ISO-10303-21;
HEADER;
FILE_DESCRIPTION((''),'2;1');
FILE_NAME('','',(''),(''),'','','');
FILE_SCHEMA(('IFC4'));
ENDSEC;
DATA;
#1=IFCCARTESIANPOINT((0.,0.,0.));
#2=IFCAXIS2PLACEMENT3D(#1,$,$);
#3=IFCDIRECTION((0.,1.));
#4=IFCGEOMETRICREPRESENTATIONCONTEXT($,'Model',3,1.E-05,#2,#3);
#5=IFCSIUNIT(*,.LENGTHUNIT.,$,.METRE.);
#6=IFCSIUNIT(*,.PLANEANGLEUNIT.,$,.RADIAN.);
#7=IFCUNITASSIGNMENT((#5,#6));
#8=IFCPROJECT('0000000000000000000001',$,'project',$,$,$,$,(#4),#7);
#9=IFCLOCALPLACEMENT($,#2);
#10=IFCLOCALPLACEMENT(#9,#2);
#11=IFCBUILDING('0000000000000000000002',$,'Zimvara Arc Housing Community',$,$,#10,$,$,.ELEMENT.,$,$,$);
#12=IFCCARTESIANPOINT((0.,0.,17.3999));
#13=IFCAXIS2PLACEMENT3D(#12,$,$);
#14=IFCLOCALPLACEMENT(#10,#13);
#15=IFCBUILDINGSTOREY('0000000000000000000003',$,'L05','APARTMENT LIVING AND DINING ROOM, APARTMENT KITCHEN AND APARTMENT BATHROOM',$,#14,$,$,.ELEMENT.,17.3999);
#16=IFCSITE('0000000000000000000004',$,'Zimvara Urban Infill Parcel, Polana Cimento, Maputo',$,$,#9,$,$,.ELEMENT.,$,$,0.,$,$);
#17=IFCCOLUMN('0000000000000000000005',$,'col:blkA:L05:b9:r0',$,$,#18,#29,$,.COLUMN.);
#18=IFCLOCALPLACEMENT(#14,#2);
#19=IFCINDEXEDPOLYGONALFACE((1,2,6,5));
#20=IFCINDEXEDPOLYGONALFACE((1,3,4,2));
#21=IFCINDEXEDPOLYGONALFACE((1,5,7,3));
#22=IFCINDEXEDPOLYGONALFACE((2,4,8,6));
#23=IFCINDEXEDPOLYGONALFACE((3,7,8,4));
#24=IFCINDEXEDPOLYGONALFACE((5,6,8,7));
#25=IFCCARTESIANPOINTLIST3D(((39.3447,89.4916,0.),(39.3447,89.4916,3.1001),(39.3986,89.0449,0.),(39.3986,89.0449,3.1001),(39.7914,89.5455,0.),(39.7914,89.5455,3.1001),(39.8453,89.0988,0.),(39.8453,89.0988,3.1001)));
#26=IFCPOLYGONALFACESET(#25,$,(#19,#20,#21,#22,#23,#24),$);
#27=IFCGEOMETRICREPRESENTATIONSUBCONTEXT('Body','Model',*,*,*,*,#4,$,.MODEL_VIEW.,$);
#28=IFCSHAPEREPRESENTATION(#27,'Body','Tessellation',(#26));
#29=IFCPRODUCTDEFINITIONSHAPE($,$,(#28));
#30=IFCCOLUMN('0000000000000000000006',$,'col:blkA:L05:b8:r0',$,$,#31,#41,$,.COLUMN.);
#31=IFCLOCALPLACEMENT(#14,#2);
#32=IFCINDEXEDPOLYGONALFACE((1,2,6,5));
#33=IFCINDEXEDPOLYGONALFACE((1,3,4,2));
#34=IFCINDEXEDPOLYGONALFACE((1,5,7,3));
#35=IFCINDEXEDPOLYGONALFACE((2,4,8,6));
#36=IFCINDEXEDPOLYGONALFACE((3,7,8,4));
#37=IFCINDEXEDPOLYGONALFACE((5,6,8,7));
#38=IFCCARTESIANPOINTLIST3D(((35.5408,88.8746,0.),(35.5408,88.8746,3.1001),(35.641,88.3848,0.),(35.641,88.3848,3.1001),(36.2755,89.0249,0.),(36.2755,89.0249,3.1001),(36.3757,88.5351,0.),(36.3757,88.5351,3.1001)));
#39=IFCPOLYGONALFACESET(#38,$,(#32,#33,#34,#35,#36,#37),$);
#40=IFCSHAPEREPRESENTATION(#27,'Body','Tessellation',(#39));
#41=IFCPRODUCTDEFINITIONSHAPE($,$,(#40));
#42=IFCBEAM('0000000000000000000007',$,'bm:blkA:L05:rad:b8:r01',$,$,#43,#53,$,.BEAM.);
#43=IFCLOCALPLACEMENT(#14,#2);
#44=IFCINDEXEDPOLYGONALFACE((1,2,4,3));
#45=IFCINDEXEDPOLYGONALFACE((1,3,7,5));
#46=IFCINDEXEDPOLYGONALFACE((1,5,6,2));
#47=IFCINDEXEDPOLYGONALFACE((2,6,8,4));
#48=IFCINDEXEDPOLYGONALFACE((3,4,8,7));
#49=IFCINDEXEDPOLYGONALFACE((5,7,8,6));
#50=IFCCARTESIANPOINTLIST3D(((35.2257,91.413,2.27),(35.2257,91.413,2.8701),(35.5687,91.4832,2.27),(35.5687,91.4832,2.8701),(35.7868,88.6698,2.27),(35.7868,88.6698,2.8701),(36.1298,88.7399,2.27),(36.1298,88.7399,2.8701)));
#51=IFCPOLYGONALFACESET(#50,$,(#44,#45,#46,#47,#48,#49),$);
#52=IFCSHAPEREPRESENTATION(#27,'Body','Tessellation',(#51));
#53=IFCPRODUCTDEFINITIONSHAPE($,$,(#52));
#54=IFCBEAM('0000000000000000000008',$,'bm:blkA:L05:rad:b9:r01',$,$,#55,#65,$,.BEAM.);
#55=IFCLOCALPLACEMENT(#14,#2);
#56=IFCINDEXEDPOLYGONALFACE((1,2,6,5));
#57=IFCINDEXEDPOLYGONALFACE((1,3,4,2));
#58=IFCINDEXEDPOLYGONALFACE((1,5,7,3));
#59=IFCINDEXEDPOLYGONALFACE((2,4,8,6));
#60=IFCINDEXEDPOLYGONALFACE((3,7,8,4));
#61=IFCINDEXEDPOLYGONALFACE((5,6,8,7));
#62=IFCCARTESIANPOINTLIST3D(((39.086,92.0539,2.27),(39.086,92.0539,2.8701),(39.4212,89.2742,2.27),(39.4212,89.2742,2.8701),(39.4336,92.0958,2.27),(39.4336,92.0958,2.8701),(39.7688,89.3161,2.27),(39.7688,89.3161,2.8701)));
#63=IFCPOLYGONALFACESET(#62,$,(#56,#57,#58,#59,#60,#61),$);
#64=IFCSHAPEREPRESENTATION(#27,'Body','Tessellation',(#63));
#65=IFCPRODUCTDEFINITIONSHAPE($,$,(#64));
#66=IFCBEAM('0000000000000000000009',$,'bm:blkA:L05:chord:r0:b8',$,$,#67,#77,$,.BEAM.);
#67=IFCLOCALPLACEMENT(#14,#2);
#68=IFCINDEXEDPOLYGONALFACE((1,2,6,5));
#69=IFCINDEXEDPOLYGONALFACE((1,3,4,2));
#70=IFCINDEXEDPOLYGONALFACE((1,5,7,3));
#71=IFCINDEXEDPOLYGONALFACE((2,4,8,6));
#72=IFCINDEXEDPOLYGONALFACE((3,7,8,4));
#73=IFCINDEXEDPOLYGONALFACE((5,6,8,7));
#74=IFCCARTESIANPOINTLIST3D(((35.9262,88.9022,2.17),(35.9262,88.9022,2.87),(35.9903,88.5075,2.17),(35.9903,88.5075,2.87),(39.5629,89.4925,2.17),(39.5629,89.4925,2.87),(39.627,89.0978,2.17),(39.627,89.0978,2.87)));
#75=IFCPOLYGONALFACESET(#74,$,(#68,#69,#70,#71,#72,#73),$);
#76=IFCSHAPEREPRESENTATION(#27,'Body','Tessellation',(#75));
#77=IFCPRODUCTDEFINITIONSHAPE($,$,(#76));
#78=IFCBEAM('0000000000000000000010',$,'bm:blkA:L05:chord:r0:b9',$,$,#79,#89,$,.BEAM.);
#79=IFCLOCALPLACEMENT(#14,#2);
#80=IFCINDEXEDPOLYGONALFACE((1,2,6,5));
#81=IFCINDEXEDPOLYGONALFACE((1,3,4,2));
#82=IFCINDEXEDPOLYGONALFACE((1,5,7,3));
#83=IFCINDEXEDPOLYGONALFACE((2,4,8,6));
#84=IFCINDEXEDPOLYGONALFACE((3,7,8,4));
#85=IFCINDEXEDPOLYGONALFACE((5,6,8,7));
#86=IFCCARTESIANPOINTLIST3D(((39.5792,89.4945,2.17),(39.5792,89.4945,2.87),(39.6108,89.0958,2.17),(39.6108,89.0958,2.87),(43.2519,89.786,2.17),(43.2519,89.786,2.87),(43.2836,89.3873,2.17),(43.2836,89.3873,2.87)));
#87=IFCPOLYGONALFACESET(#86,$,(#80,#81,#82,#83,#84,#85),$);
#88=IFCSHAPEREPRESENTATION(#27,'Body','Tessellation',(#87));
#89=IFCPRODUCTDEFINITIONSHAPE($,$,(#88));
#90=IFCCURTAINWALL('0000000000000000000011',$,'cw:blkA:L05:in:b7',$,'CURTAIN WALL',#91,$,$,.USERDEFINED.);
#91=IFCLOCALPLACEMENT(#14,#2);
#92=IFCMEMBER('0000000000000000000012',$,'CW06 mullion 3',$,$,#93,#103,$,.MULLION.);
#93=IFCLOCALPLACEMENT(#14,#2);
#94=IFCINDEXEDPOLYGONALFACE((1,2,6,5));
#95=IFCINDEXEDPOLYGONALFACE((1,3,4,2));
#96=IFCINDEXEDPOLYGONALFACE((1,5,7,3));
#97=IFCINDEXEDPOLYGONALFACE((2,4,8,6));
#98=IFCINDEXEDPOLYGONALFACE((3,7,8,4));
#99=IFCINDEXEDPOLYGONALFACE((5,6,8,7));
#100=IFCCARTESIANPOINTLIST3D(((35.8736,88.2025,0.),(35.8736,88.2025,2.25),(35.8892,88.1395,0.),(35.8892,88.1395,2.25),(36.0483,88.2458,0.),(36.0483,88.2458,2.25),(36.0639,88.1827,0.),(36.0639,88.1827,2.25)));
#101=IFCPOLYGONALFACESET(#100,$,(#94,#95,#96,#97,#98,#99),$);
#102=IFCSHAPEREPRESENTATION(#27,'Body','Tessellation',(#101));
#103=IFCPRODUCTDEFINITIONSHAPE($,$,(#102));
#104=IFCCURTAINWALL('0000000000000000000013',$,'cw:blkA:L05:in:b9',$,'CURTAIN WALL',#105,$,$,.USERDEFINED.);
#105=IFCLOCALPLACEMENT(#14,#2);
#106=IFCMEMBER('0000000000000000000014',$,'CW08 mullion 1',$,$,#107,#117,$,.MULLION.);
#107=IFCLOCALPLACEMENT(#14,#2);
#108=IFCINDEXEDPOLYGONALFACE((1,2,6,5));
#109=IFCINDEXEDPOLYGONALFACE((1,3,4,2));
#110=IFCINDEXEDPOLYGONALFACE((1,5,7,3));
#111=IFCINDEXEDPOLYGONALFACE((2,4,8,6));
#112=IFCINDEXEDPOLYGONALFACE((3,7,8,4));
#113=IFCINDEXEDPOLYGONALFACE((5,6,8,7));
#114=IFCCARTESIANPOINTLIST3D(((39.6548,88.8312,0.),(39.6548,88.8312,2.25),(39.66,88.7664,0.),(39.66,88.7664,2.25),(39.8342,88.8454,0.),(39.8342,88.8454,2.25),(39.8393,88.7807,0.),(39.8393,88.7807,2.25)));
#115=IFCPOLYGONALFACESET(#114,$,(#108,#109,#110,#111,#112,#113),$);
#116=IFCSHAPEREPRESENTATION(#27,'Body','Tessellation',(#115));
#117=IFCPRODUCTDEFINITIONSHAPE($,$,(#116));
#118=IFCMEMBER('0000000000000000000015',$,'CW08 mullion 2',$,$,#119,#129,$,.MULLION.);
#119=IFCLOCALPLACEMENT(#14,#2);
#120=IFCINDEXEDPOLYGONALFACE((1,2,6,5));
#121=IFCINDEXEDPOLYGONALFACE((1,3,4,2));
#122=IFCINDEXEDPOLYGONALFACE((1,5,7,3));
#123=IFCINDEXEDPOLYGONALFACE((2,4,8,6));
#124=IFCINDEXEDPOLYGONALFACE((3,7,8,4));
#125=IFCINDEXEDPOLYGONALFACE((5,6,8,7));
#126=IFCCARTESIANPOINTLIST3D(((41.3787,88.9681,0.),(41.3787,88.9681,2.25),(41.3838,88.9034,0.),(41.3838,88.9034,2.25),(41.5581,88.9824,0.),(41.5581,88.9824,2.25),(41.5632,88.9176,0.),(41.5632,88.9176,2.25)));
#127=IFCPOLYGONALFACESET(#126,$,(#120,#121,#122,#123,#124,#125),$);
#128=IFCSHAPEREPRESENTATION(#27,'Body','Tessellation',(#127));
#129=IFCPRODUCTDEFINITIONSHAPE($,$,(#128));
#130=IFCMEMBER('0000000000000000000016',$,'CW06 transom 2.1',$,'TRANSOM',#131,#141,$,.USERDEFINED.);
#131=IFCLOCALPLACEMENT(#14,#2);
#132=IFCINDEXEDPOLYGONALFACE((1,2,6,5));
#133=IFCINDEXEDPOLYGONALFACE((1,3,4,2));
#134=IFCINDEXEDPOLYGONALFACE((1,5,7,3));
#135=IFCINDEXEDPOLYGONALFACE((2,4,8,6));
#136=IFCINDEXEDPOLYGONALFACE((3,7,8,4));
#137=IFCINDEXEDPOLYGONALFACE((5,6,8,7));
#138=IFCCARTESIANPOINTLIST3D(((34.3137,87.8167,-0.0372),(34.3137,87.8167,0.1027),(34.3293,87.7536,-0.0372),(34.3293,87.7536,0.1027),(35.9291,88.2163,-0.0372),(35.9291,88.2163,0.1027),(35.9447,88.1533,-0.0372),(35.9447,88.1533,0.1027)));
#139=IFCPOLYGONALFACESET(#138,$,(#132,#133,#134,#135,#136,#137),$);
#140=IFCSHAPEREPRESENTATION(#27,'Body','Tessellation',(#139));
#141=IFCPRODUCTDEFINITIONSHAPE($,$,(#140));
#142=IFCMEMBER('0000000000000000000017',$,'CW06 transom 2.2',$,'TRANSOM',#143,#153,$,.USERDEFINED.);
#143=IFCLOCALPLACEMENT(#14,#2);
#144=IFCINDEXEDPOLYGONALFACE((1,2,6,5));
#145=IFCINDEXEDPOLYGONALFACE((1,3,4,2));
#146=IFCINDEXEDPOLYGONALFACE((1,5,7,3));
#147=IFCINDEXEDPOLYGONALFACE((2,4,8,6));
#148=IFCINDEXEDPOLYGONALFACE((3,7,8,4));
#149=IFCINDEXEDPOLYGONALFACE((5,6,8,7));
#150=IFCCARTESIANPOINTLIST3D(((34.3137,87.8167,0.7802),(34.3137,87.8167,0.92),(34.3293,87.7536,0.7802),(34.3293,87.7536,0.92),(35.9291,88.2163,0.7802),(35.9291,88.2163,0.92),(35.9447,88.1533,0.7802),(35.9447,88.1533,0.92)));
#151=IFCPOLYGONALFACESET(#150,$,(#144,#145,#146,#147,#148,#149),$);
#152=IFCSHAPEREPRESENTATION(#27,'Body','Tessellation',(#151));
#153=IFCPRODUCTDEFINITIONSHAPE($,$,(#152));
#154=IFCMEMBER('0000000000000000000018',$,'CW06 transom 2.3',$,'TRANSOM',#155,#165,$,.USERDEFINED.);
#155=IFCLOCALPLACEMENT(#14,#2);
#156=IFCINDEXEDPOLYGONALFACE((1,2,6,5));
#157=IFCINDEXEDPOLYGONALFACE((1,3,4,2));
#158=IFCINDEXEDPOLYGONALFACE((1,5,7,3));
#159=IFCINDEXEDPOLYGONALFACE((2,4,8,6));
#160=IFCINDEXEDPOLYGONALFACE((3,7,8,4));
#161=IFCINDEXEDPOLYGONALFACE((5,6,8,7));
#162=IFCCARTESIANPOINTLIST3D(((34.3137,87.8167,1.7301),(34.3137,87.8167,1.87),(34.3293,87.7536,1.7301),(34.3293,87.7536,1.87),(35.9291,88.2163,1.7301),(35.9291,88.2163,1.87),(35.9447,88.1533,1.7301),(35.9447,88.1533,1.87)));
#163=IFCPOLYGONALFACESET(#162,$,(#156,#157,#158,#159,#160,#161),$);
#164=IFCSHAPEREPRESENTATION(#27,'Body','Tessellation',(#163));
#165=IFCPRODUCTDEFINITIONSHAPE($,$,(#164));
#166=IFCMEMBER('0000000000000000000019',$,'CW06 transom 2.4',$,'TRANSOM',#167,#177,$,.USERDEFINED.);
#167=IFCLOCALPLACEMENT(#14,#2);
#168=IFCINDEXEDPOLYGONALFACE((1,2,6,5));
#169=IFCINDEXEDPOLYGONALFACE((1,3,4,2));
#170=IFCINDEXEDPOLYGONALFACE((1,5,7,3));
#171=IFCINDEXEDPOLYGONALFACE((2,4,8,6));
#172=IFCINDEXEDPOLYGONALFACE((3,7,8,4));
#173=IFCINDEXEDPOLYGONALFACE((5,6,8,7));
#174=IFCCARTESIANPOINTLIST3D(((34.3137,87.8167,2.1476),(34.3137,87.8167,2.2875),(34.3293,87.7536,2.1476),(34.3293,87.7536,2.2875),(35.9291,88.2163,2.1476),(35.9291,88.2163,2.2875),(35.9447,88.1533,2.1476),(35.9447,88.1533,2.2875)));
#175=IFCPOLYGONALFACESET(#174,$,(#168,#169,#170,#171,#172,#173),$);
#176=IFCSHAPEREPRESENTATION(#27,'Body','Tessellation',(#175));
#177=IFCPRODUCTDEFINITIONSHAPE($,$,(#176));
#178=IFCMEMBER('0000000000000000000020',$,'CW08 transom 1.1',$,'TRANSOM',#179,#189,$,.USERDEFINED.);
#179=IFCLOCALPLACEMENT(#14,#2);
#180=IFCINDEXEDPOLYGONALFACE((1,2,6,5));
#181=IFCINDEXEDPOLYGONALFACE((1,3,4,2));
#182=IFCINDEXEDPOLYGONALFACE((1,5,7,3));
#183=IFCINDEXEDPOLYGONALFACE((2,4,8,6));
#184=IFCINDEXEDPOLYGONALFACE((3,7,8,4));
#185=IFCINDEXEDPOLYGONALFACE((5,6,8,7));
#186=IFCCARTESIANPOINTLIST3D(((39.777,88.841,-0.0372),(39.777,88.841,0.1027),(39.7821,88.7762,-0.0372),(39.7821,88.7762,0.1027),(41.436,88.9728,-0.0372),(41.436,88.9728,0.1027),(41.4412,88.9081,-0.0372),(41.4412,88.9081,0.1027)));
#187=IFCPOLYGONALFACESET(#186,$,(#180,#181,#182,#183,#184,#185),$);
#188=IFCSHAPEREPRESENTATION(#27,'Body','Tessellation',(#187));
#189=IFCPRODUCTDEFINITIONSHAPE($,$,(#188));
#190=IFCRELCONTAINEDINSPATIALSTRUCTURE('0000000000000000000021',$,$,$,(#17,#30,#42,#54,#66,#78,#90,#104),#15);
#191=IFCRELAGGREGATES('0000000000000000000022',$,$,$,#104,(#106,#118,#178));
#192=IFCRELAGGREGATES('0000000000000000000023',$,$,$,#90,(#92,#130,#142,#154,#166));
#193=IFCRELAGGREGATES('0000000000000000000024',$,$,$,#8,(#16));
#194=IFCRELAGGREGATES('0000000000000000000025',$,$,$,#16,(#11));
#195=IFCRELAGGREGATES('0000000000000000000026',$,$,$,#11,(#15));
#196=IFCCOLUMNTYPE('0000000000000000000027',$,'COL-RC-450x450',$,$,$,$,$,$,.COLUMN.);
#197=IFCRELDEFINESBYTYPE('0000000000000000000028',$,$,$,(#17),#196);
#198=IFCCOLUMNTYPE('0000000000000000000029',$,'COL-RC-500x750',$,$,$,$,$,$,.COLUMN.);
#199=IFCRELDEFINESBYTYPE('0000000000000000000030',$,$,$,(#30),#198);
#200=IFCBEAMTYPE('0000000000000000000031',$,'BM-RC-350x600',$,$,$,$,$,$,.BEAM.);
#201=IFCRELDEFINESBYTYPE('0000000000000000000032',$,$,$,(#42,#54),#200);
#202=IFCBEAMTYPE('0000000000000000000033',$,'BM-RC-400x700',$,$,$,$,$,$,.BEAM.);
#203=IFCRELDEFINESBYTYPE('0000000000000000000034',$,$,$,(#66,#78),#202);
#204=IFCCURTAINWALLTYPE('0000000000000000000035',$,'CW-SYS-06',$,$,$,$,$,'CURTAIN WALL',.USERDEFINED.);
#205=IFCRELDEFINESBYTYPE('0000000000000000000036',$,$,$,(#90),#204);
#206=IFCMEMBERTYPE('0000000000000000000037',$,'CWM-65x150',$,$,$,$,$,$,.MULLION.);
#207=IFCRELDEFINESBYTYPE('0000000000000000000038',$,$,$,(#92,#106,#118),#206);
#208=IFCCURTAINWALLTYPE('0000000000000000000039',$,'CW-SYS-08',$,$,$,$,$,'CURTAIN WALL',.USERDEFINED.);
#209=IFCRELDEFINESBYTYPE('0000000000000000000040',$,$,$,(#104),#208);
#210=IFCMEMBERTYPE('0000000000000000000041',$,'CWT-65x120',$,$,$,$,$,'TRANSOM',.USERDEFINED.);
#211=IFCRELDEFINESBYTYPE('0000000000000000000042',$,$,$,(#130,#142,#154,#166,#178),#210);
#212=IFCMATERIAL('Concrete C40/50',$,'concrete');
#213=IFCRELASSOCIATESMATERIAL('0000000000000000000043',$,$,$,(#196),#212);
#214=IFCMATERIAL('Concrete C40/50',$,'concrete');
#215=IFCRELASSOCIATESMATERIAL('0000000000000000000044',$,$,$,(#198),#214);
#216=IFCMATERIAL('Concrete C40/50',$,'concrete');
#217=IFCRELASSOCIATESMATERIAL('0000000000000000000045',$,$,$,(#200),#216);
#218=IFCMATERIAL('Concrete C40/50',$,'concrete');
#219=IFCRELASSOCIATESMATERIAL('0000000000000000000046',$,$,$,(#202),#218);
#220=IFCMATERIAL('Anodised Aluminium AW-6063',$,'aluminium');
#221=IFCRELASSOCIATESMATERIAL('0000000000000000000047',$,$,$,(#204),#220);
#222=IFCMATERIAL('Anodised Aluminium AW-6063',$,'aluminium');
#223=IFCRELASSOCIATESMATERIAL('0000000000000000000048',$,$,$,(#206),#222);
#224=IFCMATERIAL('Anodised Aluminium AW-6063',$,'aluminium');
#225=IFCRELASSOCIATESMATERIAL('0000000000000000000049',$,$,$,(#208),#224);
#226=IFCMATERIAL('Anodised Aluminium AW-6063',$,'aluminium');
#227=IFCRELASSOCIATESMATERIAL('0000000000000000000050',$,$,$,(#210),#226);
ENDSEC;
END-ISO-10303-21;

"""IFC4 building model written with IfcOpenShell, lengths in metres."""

from ifc_helpers import new_model, si_unit, direction, frame, origin, origin_2d, place, context, subcontext, project, spatial, rectangle, extrude, material, material_profile, profile_set, type_object, element, aggregate, save


model = new_model("IFC4")

# Units and contexts
model_context = context("Model", 3, precision=1e-05, world=origin(), true_north=direction((0.0, 1.0)))
body_context = subcontext(model_context, "Body", "Model", "MODEL_VIEW")
ifc_project = project(units=[si_unit("LENGTHUNIT", "METRE"), si_unit("PLANEANGLEUNIT", "RADIAN")], contexts=[model_context])

# Site, building, storey
site_placement = place(None, origin())
site = spatial("IfcSite", under=ifc_project, at=site_placement, Name="Zimvara Urban Infill Parcel, Polana Cimento, Maputo", CompositionType="ELEMENT", RefElevation=0.0)
building_placement = place(site_placement, origin())
building = spatial("IfcBuilding", under=site, at=building_placement, Name="Zimvara Arc Housing Community", CompositionType="ELEMENT")
storey_placement = place(building_placement, frame((0.0, 0.0, 17.3999)))
storey = spatial("IfcBuildingStorey", under=building, at=storey_placement, Name="L05", Description="APARTMENT LIVING AND DINING ROOM, APARTMENT KITCHEN AND APARTMENT BATHROOM", CompositionType="ELEMENT", Elevation=17.3999)

# Columns
ifc_material_1 = material(Name="Concrete C40/50", Category="concrete")
ifc_material_profile_1 = material_profile(ifc_material_1, rectangle(XDim=0.45, YDim=0.45, at=origin_2d()), Name="RC 450x450")
ifc_profile_set_1 = profile_set([ifc_material_profile_1], Name="Concrete C40/50")
column_type_1 = type_object("IfcColumnType", Name="COL-RC-450x450", PredefinedType="COLUMN", material=ifc_profile_set_1)
column_1_placement = place(storey_placement, frame((39.595, 89.2952, 0.0), z_axis=(0.0, 0.0, 1.0), x_axis=(-0.11979, 0.992799, 0.0)))
element("IfcColumn", 1, at=column_1_placement, inside=storey, type_object=column_type_1, Name="col:blkA:L05:b9:r0", PredefinedType="COLUMN", context=body_context, shape_type="SweptSolid", body=[
    extrude(rectangle(XDim=0.45, YDim=0.45, at=origin_2d()), origin(), (0.0, 0.0, 1.0), 3.1001),
])
ifc_material_2 = material(Name="Concrete C40/50", Category="concrete")
ifc_material_profile_2 = material_profile(ifc_material_2, rectangle(XDim=0.5, YDim=0.75, at=origin_2d()), Name="RC 500x750")
ifc_profile_set_2 = profile_set([ifc_material_profile_2], Name="Concrete C40/50")
column_type_2 = type_object("IfcColumnType", Name="COL-RC-500x750", PredefinedType="COLUMN", material=ifc_profile_set_2)
column_2_placement = place(storey_placement, frame((35.9583, 88.7048, 0.0), z_axis=(0.0, 0.0, 1.0), x_axis=(-0.200394, 0.979715, 0.0)))
element("IfcColumn", 2, at=column_2_placement, inside=storey, type_object=column_type_2, Name="col:blkA:L05:b8:r0", PredefinedType="COLUMN", context=body_context, shape_type="SweptSolid", body=[
    extrude(rectangle(XDim=0.5, YDim=0.75, at=origin_2d()), origin(), (0.0, 0.0, 1.0), 3.1001),
])

# Beams
ifc_material_3 = material(Name="Concrete C40/50", Category="concrete")
ifc_material_profile_3 = material_profile(ifc_material_3, rectangle(XDim=0.3501, YDim=0.6001, at=origin_2d()), Name="RC 350x600")
ifc_profile_set_3 = profile_set([ifc_material_profile_3], Name="Concrete C40/50")
beam_type_1 = type_object("IfcBeamType", Name="BM-RC-350x600", PredefinedType="BEAM", material=ifc_profile_set_3)
beam_1_placement = place(storey_placement, frame((35.9583, 88.7048, 2.5701), z_axis=(-0.200373, 0.97972, 0.0), x_axis=(-0.97972, -0.200373, 0.0)))
element("IfcBeam", 3, at=beam_1_placement, inside=storey, type_object=beam_type_1, Name="bm:blkA:L05:rad:b8:r01", PredefinedType="BEAM", context=body_context, shape_type="SweptSolid", body=[
    extrude(rectangle(XDim=0.3501, YDim=0.6001, at=origin_2d()), origin(), (0.0, 0.0, 1.0), 2.8),
])
beam_2_placement = place(storey_placement, frame((39.595, 89.2952, 2.5701), z_axis=(-0.119719, 0.992808, 0.0), x_axis=(-0.992808, -0.119719, 0.0)))
element("IfcBeam", 4, at=beam_2_placement, inside=storey, type_object=beam_type_1, Name="bm:blkA:L05:rad:b9:r01", PredefinedType="BEAM", context=body_context, shape_type="SweptSolid", body=[
    extrude(rectangle(XDim=0.3501, YDim=0.6001, at=origin_2d()), origin(), (0.0, 0.0, 1.0), 2.7998),
])
ifc_material_4 = material(Name="Concrete C40/50", Category="concrete")
ifc_material_profile_4 = material_profile(ifc_material_4, rectangle(XDim=0.3999, YDim=0.7, at=origin_2d()), Name="RC 400x700")
ifc_profile_set_4 = profile_set([ifc_material_profile_4], Name="Concrete C40/50")
beam_type_2 = type_object("IfcBeamType", Name="BM-RC-400x700", PredefinedType="BEAM", material=ifc_profile_set_4)
for number, where, z_axis, x_axis, name in (
    (5, (35.9583, 88.7048, 2.52), (0.98708, 0.160228, 0.0), (-0.160228, 0.98708, 0.0), "bm:blkA:L05:chord:r0:b8"),
    (6, (39.595, 89.2952, 2.52), (0.996865, 0.079118, 0.0), (-0.079118, 0.996865, 0.0), "bm:blkA:L05:chord:r0:b9"),
):
    element("IfcBeam", number, at=place(storey_placement, frame(where, z_axis=z_axis, x_axis=x_axis)), inside=storey, type_object=beam_type_2, Name=name, PredefinedType="BEAM", context=body_context, shape_type="SweptSolid", body=[
        extrude(rectangle(XDim=0.3999, YDim=0.7, at=origin_2d()), origin(), (0.0, 0.0, 1.0), 3.6843),
    ])

# Curtain wall, member
ifc_material_5 = material(Name="Anodised Aluminium AW-6063", Category="aluminium")
curtain_wall_type_1 = type_object("IfcCurtainWallType", Name="CW-SYS-06", ElementType="CURTAIN WALL", PredefinedType="USERDEFINED", material=ifc_material_5)
curtain_wall_1_placement = place(storey_placement, origin())
curtain_wall_1 = element("IfcCurtainWall", 7, at=curtain_wall_1_placement, inside=storey, type_object=curtain_wall_type_1, Name="cw:blkA:L05:in:b7", ObjectType="CURTAIN WALL", PredefinedType="USERDEFINED")
ifc_material_6 = material(Name="Anodised Aluminium AW-6063", Category="aluminium")
ifc_material_profile_5 = material_profile(ifc_material_6, rectangle(XDim=0.0649, YDim=0.1799, at=origin_2d()), Name="ALU 65x180")
ifc_profile_set_5 = profile_set([ifc_material_profile_5], Name="Anodised Aluminium AW-6063")
member_type_1 = type_object("IfcMemberType", Name="CWM-65x150", PredefinedType="MULLION", material=ifc_profile_set_5)
member_1_placement = place(storey_placement, frame((35.9688, 88.1926, 0.0), z_axis=(0.0, 0.0, 1.0), x_axis=(-0.240228, 0.970717, 0.0)))
member_1 = element("IfcMember", 8, at=member_1_placement, type_object=member_type_1, Name="CW06 mullion 3", PredefinedType="MULLION", context=body_context, shape_type="SweptSolid", body=[
    extrude(rectangle(XDim=0.0649, YDim=0.1799, at=origin_2d()), origin(), (0.0, 0.0, 1.0), 2.25),
])

# Curtain wall, members
ifc_material_7 = material(Name="Anodised Aluminium AW-6063", Category="aluminium")
curtain_wall_type_2 = type_object("IfcCurtainWallType", Name="CW-SYS-08", ElementType="CURTAIN WALL", PredefinedType="USERDEFINED", material=ifc_material_7)
curtain_wall_2_placement = place(storey_placement, origin())
curtain_wall_2 = element("IfcCurtainWall", 9, at=curtain_wall_2_placement, inside=storey, type_object=curtain_wall_type_2, Name="cw:blkA:L05:in:b9", ObjectType="CURTAIN WALL", PredefinedType="USERDEFINED")
member_2_placement = place(storey_placement, frame((39.7471, 88.8059, 0.0), z_axis=(0.0, 0.0, 1.0), x_axis=(-0.079155, 0.996862, 0.0)))
member_2 = element("IfcMember", 10, at=member_2_placement, type_object=member_type_1, Name="CW08 mullion 1", PredefinedType="MULLION", context=body_context, shape_type="SweptSolid", body=[
    extrude(rectangle(XDim=0.0649, YDim=0.1799, at=origin_2d()), origin(), (0.0, 0.0, 1.0), 2.25),
])
member_3_placement = place(storey_placement, frame((41.4709, 88.9429, 0.0), z_axis=(0.0, 0.0, 1.0), x_axis=(-0.079155, 0.996862, 0.0)))
member_3 = element("IfcMember", 11, at=member_3_placement, type_object=member_type_1, Name="CW08 mullion 2", PredefinedType="MULLION", context=body_context, shape_type="SweptSolid", body=[
    extrude(rectangle(XDim=0.0649, YDim=0.1799, at=origin_2d()), origin(), (0.0, 0.0, 1.0), 2.25),
])

# Members
ifc_material_8 = material(Name="Anodised Aluminium AW-6063", Category="aluminium")
ifc_material_profile_6 = material_profile(ifc_material_8, rectangle(XDim=0.0649, YDim=0.1399, at=origin_2d()), Name="ALU 65x140")
ifc_profile_set_6 = profile_set([ifc_material_profile_6], Name="Anodised Aluminium AW-6063")
member_type_2 = type_object("IfcMemberType", Name="CWT-65x120", ElementType="TRANSOM", PredefinedType="USERDEFINED", material=ifc_profile_set_6)
member_4_placement = place(storey_placement, frame((34.3215, 87.7852, 0.0327), z_axis=(0.970735, 0.240153, 0.0), x_axis=(-0.240153, 0.970735, 0.0)))
member_4 = element("IfcMember", 12, at=member_4_placement, type_object=member_type_2, Name="CW06 transom 2.1", ObjectType="TRANSOM", PredefinedType="USERDEFINED", context=body_context, shape_type="SweptSolid", body=[
    extrude(rectangle(XDim=0.0649, YDim=0.1399, at=origin_2d()), origin(), (0.0, 0.0, 1.0), 1.6641),
])
member_5_placement = place(storey_placement, frame((34.3215, 87.7852, 0.8501), z_axis=(0.970735, 0.240153, 0.0), x_axis=(-0.240153, 0.970735, 0.0)))
member_5 = element("IfcMember", 13, at=member_5_placement, type_object=member_type_2, Name="CW06 transom 2.2", ObjectType="TRANSOM", PredefinedType="USERDEFINED", context=body_context, shape_type="SweptSolid", body=[
    extrude(rectangle(XDim=0.0649, YDim=0.1399, at=origin_2d()), origin(), (0.0, 0.0, 1.0), 1.6641),
])
member_6_placement = place(storey_placement, frame((34.3215, 87.7852, 1.8), z_axis=(0.970735, 0.240153, 0.0), x_axis=(-0.240153, 0.970735, 0.0)))
member_6 = element("IfcMember", 14, at=member_6_placement, type_object=member_type_2, Name="CW06 transom 2.3", ObjectType="TRANSOM", PredefinedType="USERDEFINED", context=body_context, shape_type="SweptSolid", body=[
    extrude(rectangle(XDim=0.0649, YDim=0.1399, at=origin_2d()), origin(), (0.0, 0.0, 1.0), 1.6641),
])
member_7_placement = place(storey_placement, frame((34.3215, 87.7852, 2.2175), z_axis=(0.970735, 0.240153, 0.0), x_axis=(-0.240153, 0.970735, 0.0)))
member_7 = element("IfcMember", 15, at=member_7_placement, type_object=member_type_2, Name="CW06 transom 2.4", ObjectType="TRANSOM", PredefinedType="USERDEFINED", context=body_context, shape_type="SweptSolid", body=[
    extrude(rectangle(XDim=0.0649, YDim=0.1399, at=origin_2d()), origin(), (0.0, 0.0, 1.0), 1.6641),
])
member_8_placement = place(storey_placement, frame((39.7795, 88.8086, 0.0327), z_axis=(0.996858, 0.079209, 0.0), x_axis=(-0.079209, 0.996858, 0.0)))
member_8 = element("IfcMember", 16, at=member_8_placement, type_object=member_type_2, Name="CW08 transom 1.1", ObjectType="TRANSOM", PredefinedType="USERDEFINED", context=body_context, shape_type="SweptSolid", body=[
    extrude(rectangle(XDim=0.0649, YDim=0.1399, at=origin_2d()), origin(), (0.0, 0.0, 1.0), 1.6643),
])

aggregate(curtain_wall_2, [member_2, member_3, member_8])
aggregate(curtain_wall_1, [member_1, member_4, member_5, member_6, member_7])

save(model, "model.ifc")
